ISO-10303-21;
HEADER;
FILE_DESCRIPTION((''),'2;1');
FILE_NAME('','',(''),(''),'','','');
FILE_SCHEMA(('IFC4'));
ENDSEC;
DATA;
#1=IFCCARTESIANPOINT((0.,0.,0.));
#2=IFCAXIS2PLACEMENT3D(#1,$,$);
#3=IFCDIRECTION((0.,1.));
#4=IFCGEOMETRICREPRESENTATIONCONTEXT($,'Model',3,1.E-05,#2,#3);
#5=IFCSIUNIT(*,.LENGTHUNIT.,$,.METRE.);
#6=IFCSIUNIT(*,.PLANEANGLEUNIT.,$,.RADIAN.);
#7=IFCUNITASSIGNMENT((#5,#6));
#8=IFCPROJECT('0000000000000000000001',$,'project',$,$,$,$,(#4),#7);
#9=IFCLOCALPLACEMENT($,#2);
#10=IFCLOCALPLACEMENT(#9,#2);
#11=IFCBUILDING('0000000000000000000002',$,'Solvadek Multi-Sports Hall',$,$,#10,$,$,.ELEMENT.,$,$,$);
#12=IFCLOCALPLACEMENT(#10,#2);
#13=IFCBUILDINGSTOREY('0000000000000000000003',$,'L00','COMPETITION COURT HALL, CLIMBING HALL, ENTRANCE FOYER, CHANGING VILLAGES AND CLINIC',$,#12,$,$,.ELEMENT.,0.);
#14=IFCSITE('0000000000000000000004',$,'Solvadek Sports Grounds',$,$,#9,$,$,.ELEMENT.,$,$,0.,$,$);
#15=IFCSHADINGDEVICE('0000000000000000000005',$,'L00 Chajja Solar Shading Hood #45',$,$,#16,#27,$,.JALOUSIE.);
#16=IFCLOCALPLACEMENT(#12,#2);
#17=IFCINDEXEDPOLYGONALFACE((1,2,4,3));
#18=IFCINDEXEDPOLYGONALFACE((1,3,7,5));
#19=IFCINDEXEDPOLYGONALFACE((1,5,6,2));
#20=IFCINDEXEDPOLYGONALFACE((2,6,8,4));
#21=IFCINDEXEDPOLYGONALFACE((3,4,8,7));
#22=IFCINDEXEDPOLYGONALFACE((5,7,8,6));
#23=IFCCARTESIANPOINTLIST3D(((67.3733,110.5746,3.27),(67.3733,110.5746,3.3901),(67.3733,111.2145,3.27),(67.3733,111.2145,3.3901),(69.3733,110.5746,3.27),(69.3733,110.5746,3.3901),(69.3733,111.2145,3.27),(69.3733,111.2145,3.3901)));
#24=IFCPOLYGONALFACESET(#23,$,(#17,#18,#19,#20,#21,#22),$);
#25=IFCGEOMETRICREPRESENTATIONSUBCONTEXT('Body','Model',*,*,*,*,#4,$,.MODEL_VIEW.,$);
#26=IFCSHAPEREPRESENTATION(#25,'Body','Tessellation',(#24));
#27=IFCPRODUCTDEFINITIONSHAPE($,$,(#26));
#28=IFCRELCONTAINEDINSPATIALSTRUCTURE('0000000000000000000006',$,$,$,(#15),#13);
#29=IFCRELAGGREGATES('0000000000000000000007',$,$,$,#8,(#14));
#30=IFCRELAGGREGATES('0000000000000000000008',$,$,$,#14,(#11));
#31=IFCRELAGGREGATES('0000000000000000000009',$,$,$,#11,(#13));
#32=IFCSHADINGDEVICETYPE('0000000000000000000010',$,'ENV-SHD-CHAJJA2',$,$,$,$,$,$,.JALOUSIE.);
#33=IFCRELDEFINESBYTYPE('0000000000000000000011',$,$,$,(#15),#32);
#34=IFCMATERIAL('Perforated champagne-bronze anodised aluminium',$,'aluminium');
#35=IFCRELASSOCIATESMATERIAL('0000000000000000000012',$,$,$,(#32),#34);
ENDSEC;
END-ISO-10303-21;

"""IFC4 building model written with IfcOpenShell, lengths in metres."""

from ifc_helpers import new_model, si_unit, direction, frame, origin, origin_2d, place, context, subcontext, project, spatial, rectangle, extrude, material, type_object, element, save


model = new_model("IFC4")

# Units and contexts
model_context = context("Model", 3, precision=1e-05, world=origin(), true_north=direction((0.0, 1.0)))
body_context = subcontext(model_context, "Body", "Model", "MODEL_VIEW")
ifc_project = project(units=[si_unit("LENGTHUNIT", "METRE"), si_unit("PLANEANGLEUNIT", "RADIAN")], contexts=[model_context])

# Site, building, storey
site_placement = place(None, origin())
site = spatial("IfcSite", under=ifc_project, at=site_placement, Name="Solvadek Sports Grounds", CompositionType="ELEMENT", RefElevation=0.0)
building_placement = place(site_placement, origin())
building = spatial("IfcBuilding", under=site, at=building_placement, Name="Solvadek Multi-Sports Hall", CompositionType="ELEMENT")
storey_placement = place(building_placement, origin())
storey = spatial("IfcBuildingStorey", under=building, at=storey_placement, Name="L00", Description="COMPETITION COURT HALL, CLIMBING HALL, ENTRANCE FOYER, CHANGING VILLAGES AND CLINIC", CompositionType="ELEMENT", Elevation=0.0)

# Shading device
ifc_material_1 = material(Name="Perforated champagne-bronze anodised aluminium", Category="aluminium")
shading_device_type = type_object("IfcShadingDeviceType", Name="ENV-SHD-CHAJJA2", PredefinedType="JALOUSIE", material=ifc_material_1)
shading_device_placement = place(storey_placement, frame((68.3733, 110.8945, 3.27), z_axis=(0.0, 0.0, 1.0), x_axis=(1.0, 0.0, 0.0)))
element("IfcShadingDevice", 1, at=shading_device_placement, inside=storey, type_object=shading_device_type, Name="L00 Chajja Solar Shading Hood #45", PredefinedType="JALOUSIE", context=body_context, shape_type="SweptSolid", body=[
    extrude(rectangle(XDim=2.0, YDim=0.6399, at=origin_2d()), origin(), (0.0, 0.0, 1.0), 0.1201),
])

save(model, "model.ifc")
